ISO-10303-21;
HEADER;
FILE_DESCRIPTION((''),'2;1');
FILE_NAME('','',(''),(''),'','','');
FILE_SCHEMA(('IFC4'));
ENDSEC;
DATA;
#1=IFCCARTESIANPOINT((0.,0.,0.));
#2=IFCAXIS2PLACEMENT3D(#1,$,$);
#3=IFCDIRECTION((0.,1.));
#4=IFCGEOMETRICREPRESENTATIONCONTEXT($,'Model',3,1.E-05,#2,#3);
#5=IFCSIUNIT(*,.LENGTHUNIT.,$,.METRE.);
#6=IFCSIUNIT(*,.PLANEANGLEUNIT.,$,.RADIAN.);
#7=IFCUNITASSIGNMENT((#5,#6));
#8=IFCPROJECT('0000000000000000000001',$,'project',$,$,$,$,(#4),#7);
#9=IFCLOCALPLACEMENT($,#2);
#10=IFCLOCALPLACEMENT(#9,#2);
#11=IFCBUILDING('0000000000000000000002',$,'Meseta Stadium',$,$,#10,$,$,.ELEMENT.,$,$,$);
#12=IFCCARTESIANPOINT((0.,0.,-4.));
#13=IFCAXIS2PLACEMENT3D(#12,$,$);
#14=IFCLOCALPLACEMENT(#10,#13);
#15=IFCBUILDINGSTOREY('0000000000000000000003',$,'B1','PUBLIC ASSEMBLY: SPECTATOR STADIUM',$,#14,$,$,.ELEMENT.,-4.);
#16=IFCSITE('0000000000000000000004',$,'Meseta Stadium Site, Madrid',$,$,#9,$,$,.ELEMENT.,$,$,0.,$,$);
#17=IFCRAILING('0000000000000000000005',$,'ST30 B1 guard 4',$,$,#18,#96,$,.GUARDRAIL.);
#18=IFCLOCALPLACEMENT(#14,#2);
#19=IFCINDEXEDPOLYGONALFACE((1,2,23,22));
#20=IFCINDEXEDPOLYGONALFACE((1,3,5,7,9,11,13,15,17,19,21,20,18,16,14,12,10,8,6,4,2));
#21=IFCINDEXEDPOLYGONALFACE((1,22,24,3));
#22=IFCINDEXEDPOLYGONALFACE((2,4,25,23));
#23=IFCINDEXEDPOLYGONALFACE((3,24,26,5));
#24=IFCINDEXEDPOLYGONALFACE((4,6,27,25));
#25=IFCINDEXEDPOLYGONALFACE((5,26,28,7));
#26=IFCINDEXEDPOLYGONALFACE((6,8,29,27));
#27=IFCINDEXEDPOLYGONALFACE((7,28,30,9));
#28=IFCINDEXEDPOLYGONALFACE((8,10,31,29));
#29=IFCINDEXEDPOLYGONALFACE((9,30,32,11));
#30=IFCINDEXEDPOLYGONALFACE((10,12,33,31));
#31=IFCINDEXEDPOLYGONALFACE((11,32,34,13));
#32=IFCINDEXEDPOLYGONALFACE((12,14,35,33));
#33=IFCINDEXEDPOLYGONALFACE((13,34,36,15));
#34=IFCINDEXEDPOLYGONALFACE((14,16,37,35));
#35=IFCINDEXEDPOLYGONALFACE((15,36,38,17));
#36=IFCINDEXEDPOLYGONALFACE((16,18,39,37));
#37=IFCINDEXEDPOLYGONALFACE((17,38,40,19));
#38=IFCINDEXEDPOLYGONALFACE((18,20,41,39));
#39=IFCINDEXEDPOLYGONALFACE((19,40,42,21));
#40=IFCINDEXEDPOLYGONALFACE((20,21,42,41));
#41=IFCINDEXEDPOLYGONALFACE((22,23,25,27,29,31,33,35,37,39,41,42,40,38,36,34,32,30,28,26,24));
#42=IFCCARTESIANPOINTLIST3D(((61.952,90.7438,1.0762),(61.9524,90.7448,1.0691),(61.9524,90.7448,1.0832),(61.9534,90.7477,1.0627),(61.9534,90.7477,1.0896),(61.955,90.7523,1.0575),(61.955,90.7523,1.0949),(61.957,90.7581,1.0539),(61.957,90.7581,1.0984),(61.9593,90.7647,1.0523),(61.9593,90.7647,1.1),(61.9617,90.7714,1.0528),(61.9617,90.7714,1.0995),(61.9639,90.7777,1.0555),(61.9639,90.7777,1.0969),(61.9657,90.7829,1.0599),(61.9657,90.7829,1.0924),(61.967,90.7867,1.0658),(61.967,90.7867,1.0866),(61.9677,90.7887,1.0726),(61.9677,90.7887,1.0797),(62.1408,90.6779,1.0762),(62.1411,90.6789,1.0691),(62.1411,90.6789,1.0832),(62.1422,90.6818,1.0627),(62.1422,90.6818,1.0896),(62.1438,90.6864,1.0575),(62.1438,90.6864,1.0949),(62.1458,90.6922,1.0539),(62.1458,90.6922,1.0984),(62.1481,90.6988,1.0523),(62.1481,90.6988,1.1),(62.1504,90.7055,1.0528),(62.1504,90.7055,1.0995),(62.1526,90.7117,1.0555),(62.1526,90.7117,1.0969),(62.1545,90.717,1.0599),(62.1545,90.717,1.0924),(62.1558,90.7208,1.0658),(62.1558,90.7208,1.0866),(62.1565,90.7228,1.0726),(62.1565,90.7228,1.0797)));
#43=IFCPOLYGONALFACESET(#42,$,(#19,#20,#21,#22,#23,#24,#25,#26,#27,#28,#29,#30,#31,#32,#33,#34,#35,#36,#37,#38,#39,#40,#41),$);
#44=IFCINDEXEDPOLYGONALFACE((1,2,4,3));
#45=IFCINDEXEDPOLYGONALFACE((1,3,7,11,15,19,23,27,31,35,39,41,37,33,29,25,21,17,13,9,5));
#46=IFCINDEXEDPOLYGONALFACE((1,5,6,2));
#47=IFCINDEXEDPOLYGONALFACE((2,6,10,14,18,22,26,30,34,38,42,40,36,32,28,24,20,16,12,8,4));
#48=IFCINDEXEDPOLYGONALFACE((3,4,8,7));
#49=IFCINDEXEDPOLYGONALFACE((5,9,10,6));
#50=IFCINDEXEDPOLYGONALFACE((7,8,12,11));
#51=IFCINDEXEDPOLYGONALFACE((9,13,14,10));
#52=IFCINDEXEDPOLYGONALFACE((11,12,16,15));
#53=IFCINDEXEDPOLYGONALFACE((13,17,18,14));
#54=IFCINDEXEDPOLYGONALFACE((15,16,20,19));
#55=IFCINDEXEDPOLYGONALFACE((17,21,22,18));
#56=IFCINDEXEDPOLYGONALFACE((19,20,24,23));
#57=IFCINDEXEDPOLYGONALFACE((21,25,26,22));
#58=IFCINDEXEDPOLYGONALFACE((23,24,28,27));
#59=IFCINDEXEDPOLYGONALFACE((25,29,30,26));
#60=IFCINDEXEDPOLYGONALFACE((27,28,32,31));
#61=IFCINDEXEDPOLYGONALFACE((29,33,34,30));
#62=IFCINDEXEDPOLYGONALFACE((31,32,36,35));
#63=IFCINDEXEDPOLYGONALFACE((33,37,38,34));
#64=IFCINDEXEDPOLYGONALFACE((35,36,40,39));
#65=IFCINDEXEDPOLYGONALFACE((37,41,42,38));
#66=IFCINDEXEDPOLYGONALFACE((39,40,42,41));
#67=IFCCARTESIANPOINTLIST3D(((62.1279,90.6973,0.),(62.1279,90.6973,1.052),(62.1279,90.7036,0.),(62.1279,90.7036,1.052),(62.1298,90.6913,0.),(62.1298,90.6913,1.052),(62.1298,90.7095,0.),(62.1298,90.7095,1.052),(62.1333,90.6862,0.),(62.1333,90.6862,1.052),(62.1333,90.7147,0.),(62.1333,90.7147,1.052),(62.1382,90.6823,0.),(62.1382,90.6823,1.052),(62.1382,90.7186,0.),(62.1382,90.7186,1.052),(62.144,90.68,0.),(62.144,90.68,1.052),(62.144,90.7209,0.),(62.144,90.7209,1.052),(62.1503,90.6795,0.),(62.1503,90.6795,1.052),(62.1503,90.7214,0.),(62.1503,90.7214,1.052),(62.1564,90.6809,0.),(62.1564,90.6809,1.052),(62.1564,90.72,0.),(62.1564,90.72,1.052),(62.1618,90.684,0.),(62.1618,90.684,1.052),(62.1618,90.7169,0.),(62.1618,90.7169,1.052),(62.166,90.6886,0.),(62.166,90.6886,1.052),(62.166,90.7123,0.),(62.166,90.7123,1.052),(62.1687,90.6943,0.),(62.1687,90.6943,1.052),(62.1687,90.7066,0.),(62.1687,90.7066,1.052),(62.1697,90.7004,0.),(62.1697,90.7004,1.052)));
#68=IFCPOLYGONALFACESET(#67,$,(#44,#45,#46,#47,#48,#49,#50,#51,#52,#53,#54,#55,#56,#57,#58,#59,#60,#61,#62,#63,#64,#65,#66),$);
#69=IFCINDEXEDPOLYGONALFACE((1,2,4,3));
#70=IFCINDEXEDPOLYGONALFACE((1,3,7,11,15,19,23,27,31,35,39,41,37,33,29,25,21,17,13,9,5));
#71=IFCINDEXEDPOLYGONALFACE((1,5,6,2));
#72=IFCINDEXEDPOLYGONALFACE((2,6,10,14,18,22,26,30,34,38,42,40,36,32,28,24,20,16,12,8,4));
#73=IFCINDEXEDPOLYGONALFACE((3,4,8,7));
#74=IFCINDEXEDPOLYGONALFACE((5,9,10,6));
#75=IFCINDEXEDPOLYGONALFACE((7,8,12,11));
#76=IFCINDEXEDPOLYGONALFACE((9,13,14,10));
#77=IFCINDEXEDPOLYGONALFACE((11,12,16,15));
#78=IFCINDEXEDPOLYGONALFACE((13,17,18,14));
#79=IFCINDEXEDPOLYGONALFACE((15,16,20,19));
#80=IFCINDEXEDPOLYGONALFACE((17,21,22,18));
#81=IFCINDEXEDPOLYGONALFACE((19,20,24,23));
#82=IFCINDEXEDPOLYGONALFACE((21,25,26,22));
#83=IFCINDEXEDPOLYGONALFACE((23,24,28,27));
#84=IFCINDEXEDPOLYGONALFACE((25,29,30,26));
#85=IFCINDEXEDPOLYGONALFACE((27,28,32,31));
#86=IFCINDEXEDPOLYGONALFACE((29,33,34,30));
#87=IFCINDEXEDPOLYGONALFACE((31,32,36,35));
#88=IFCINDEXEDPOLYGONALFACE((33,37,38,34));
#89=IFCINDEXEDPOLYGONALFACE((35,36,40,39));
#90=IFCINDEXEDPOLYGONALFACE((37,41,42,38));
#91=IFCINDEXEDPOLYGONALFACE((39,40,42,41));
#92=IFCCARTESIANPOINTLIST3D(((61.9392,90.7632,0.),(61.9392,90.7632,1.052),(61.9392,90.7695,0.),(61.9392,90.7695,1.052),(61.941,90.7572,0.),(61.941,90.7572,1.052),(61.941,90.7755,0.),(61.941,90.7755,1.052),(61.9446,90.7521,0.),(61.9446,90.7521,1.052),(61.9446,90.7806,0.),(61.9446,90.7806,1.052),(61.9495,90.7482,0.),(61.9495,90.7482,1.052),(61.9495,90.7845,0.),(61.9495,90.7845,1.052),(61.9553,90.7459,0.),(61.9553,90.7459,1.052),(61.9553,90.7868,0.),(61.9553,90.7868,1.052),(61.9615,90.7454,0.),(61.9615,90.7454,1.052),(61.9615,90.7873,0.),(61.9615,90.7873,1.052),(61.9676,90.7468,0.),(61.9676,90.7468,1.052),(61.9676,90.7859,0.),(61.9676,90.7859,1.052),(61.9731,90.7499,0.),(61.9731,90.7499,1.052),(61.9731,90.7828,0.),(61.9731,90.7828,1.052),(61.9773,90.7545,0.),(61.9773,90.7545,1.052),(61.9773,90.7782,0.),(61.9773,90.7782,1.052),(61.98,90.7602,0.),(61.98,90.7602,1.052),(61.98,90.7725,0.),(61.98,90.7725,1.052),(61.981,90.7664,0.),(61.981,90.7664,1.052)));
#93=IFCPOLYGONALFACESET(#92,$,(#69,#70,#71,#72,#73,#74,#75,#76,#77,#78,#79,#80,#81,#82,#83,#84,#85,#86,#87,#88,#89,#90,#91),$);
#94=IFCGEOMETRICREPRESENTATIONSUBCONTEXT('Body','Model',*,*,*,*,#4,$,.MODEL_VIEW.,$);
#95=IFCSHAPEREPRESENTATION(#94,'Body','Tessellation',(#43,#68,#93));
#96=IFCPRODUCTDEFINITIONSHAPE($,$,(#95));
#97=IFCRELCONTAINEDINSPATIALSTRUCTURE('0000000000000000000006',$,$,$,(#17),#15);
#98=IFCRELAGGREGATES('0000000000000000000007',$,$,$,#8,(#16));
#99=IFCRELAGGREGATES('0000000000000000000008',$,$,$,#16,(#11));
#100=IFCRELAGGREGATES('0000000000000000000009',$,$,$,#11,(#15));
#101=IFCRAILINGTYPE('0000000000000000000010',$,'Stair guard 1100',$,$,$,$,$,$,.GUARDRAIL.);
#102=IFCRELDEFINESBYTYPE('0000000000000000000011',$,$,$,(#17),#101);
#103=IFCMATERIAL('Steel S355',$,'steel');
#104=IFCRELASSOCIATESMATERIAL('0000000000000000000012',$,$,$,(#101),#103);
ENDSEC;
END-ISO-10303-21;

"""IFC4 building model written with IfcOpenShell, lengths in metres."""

from ifc_helpers import new_model, si_unit, direction, frame, origin, origin_2d, place, context, subcontext, project, spatial, circle, extrude, material, type_object, element, save


model = new_model("IFC4")

# Units and contexts
model_context = context("Model", 3, precision=1e-05, world=origin(), true_north=direction((0.0, 1.0)))
body_context = subcontext(model_context, "Body", "Model", "MODEL_VIEW")
ifc_project = project(units=[si_unit("LENGTHUNIT", "METRE"), si_unit("PLANEANGLEUNIT", "RADIAN")], contexts=[model_context])

# Site, building, storey
site_placement = place(None, origin())
site = spatial("IfcSite", under=ifc_project, at=site_placement, Name="Meseta Stadium Site, Madrid", CompositionType="ELEMENT", RefElevation=0.0)
building_placement = place(site_placement, origin())
building = spatial("IfcBuilding", under=site, at=building_placement, Name="Meseta Stadium", CompositionType="ELEMENT")
storey_placement = place(building_placement, frame((0.0, 0.0, -4.0)))
storey = spatial("IfcBuildingStorey", under=building, at=storey_placement, Name="B1", Description="PUBLIC ASSEMBLY: SPECTATOR STADIUM", CompositionType="ELEMENT", Elevation=-4.0)

# Railing
ifc_material_1 = material(Name="Steel S355", Category="steel")
railing_type_1 = type_object("IfcRailingType", Name="Stair guard 1100", PredefinedType="GUARDRAIL", material=ifc_material_1)
railing_1_placement = place(storey_placement, frame((62.1487, 90.7004, 0.0)))
element("IfcRailing", 1, at=railing_1_placement, inside=storey, type_object=railing_type_1, Name="ST30 B1 guard 4", PredefinedType="GUARDRAIL", context=body_context, shape_type="SweptSolid", body=[
    extrude(circle(Radius=0.0239, at=origin_2d()), frame((0.0, 0.0, 1.0762), z_axis=(-0.944068, 0.329752, 0.0), x_axis=(-0.329752, -0.944068, 0.0)), (0.0, 0.0, 1.0), 0.2),
    extrude(circle(Radius=0.021, at=origin_2d()), origin(), (0.0, 0.0, 1.0), 1.052),
    extrude(circle(Radius=0.021, at=origin_2d()), frame((-0.1887, 0.0659, 0.0)), (0.0, 0.0, 1.0), 1.052),
])

save(model, "model.ifc")
